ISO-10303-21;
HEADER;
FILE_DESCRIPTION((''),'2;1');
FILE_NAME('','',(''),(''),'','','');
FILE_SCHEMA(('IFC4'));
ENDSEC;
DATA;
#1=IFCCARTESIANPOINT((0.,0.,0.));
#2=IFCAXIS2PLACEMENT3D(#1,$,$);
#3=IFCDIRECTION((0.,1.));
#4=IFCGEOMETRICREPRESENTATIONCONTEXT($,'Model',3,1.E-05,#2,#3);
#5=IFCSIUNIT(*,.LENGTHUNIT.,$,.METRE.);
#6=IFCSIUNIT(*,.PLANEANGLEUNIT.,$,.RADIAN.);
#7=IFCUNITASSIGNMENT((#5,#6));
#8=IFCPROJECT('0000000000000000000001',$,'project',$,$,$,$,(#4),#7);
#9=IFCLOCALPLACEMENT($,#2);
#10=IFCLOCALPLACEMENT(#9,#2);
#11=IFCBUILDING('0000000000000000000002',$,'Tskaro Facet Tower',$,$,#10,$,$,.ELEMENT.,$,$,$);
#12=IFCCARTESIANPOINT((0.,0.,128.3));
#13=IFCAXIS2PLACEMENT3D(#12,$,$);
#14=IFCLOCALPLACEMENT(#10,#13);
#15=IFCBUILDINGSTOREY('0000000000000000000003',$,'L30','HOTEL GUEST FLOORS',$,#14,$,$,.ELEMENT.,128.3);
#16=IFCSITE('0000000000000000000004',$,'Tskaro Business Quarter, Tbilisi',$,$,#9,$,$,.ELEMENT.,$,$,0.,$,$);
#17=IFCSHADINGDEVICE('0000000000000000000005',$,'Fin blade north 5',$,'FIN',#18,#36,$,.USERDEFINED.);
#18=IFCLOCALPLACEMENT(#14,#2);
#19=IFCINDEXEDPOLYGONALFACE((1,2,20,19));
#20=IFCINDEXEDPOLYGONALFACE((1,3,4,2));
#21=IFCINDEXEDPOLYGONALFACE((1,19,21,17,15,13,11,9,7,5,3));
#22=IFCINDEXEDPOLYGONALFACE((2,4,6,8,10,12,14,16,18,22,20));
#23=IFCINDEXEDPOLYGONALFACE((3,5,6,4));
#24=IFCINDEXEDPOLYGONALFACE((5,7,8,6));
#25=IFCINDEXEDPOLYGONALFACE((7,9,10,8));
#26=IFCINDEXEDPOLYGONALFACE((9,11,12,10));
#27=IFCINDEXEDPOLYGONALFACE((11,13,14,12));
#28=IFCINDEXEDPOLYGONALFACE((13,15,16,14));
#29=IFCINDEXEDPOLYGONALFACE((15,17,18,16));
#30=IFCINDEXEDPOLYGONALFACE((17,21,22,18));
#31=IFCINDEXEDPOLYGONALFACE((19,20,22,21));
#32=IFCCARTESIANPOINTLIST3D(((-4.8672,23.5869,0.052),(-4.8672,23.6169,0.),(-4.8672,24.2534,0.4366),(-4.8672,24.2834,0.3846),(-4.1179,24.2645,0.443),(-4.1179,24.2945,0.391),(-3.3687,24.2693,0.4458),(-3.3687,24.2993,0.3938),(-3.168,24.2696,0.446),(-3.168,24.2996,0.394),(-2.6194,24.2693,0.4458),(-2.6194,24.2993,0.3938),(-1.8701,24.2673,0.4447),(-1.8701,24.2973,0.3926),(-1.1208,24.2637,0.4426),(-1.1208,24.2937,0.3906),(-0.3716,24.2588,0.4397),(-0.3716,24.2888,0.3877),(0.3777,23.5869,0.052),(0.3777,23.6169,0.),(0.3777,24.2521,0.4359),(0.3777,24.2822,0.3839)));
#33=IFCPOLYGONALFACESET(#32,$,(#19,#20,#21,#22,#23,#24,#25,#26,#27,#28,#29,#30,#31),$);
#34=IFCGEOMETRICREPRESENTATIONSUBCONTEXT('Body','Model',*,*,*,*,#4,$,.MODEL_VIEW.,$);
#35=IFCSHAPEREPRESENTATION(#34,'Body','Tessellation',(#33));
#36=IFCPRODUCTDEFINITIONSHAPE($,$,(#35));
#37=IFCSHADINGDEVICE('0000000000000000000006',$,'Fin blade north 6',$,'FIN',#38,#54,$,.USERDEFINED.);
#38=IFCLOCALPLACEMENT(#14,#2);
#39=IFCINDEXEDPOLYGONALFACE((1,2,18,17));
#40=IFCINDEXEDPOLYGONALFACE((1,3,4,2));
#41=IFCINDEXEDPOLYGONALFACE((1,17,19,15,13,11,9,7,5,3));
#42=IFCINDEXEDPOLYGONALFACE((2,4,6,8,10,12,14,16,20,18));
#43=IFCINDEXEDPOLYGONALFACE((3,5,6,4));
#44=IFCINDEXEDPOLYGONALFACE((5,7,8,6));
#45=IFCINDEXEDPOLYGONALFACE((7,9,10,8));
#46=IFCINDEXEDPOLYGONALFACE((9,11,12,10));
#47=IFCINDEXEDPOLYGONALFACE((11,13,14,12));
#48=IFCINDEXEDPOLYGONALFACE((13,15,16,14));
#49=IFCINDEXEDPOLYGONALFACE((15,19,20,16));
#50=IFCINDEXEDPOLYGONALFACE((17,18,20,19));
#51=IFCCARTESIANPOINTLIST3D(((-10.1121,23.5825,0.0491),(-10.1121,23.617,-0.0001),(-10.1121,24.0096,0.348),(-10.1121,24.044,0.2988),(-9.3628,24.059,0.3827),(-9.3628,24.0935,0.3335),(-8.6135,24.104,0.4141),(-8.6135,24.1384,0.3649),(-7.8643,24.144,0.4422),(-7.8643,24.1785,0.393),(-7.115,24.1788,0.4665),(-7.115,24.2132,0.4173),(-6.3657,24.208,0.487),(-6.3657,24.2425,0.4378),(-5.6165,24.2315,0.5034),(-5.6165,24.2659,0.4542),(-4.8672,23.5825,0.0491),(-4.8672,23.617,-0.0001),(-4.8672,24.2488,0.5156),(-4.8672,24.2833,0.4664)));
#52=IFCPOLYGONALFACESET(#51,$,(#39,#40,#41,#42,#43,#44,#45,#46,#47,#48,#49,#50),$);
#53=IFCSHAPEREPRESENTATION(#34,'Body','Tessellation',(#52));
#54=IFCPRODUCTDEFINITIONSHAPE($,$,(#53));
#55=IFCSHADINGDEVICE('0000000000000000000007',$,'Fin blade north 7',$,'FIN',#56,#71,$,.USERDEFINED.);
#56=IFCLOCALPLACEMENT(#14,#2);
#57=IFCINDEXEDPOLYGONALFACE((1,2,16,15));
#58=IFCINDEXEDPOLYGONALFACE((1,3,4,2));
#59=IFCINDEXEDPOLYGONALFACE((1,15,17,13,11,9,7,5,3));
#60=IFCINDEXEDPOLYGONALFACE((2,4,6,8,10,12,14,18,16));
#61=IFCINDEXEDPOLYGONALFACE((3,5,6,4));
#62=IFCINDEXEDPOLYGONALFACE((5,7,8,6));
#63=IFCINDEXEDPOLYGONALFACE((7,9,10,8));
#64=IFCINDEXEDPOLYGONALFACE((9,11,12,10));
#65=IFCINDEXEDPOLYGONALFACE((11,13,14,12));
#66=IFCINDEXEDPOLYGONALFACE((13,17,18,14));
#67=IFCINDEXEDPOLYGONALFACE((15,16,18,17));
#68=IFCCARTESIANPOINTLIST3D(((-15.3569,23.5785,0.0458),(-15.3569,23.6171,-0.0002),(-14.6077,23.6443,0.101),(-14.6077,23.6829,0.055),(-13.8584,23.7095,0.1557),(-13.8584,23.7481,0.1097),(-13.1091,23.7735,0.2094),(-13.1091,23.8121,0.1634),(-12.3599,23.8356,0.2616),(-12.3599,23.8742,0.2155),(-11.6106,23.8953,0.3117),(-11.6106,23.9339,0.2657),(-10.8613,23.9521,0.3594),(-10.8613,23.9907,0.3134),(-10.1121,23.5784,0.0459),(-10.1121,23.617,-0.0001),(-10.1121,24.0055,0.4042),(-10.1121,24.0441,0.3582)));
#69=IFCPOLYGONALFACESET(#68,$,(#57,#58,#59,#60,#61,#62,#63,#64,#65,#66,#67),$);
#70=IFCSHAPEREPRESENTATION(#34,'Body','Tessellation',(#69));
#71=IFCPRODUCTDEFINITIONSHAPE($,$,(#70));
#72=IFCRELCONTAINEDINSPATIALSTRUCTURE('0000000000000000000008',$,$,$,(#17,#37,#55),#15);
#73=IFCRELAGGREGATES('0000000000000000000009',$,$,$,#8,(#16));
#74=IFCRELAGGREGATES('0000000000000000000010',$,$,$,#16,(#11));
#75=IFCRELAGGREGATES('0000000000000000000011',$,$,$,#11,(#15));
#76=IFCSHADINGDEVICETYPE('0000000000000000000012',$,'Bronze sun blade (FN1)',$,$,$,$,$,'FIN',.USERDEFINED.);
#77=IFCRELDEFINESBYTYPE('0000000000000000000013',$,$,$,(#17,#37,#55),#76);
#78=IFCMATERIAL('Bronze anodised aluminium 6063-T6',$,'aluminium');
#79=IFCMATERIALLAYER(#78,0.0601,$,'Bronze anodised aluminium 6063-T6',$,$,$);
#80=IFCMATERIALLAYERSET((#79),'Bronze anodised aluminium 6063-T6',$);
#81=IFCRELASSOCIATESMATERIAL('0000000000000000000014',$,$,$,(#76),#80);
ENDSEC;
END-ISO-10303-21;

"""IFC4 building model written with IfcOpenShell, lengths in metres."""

from ifc_helpers import new_model, si_unit, direction, frame, origin, place, context, subcontext, project, spatial, polyline, outline, extrude, material, layer, layer_set, type_object, element, save


model = new_model("IFC4")

# Units and contexts
model_context = context("Model", 3, precision=1e-05, world=origin(), true_north=direction((0.0, 1.0)))
body_context = subcontext(model_context, "Body", "Model", "MODEL_VIEW")
ifc_project = project(units=[si_unit("LENGTHUNIT", "METRE"), si_unit("PLANEANGLEUNIT", "RADIAN")], contexts=[model_context])

# Site, building, storey
site_placement = place(None, origin())
site = spatial("IfcSite", under=ifc_project, at=site_placement, Name="Tskaro Business Quarter, Tbilisi", CompositionType="ELEMENT", RefElevation=0.0)
building_placement = place(site_placement, origin())
building = spatial("IfcBuilding", under=site, at=building_placement, Name="Tskaro Facet Tower", CompositionType="ELEMENT")
storey_placement = place(building_placement, frame((0.0, 0.0, 128.3)))
storey = spatial("IfcBuildingStorey", under=building, at=storey_placement, Name="L30", Description="HOTEL GUEST FLOORS", CompositionType="ELEMENT", Elevation=128.3)

# Shared definitions
ifc_material_1 = material(Name="Bronze anodised aluminium 6063-T6", Category="aluminium")

# Shading devices
ifc_layer_1 = layer(ifc_material_1, 0.0601, Name="Bronze anodised aluminium 6063-T6")
ifc_layer_set_1 = layer_set([ifc_layer_1], Name="Bronze anodised aluminium 6063-T6")
shading_device_type = type_object("IfcShadingDeviceType", Name="Bronze sun blade (FN1)", ElementType="FIN", PredefinedType="USERDEFINED", material=ifc_layer_set_1)
shading_device_1_placement = place(storey_placement, frame((0.3777, 23.5869, 0.052), z_axis=(0.000003, -0.499836, 0.86612), x_axis=(-1.0, -0.000001, 0.000002)))
element("IfcShadingDevice", 1, at=shading_device_1_placement, inside=storey, type_object=shading_device_type, Name="Fin blade north 5", ObjectType="FIN", PredefinedType="USERDEFINED", context=body_context, shape_type="SweptSolid", body=[
    extrude(outline(polyline([(0.0, 0.0), (5.2449, 0.0), (5.2449, -0.7695), (4.4956, -0.7823), (3.7463, -0.7879), (3.5457, -0.7882), (2.9971, -0.7879), (2.2478, -0.7856), (1.4985, -0.7814), (0.7493, -0.7757), (0.0, -0.768), (0.0, 0.0)])), origin(), (0.0, 0.0, -1.0), 0.0601),
])
shading_device_2_placement = place(storey_placement, frame((-4.8672, 23.5825, 0.0491), z_axis=(-0.000003, -0.57352, 0.819192), x_axis=(-1.0, 0.000002, -0.000002)))
element("IfcShadingDevice", 2, at=shading_device_2_placement, inside=storey, type_object=shading_device_type, Name="Fin blade north 6", ObjectType="FIN", PredefinedType="USERDEFINED", context=body_context, shape_type="SweptSolid", body=[
    extrude(outline(polyline([(0.0, 0.0), (5.2449, 0.0), (5.2449, -0.5213), (4.4956, -0.5817), (3.7463, -0.6365), (2.9971, -0.6854), (2.2478, -0.7278), (1.4985, -0.7636), (0.7493, -0.7922), (0.0, -0.8134), (0.0, 0.0)])), origin(), (0.0, 0.0, -1.0), 0.0601),
])
shading_device_3_placement = place(storey_placement, frame((-10.1121, 23.5784, 0.0459), z_axis=(-0.000032, -0.642662, 0.766149), x_axis=(-1.0, 0.000021, -0.000025)))
element("IfcShadingDevice", 3, at=shading_device_3_placement, inside=storey, type_object=shading_device_type, Name="Fin blade north 7", ObjectType="FIN", PredefinedType="USERDEFINED", context=body_context, shape_type="SweptSolid", body=[
    extrude(outline(polyline([(0.0, 0.0), (5.2449, 0.0), (4.4956, -0.086), (3.7463, -0.171), (2.9971, -0.2546), (2.2478, -0.3357), (1.4985, -0.4137), (0.7493, -0.4878), (0.0, -0.5575), (0.0, 0.0)])), origin(), (0.0, 0.0, -1.0), 0.0601),
])

save(model, "model.ifc")
